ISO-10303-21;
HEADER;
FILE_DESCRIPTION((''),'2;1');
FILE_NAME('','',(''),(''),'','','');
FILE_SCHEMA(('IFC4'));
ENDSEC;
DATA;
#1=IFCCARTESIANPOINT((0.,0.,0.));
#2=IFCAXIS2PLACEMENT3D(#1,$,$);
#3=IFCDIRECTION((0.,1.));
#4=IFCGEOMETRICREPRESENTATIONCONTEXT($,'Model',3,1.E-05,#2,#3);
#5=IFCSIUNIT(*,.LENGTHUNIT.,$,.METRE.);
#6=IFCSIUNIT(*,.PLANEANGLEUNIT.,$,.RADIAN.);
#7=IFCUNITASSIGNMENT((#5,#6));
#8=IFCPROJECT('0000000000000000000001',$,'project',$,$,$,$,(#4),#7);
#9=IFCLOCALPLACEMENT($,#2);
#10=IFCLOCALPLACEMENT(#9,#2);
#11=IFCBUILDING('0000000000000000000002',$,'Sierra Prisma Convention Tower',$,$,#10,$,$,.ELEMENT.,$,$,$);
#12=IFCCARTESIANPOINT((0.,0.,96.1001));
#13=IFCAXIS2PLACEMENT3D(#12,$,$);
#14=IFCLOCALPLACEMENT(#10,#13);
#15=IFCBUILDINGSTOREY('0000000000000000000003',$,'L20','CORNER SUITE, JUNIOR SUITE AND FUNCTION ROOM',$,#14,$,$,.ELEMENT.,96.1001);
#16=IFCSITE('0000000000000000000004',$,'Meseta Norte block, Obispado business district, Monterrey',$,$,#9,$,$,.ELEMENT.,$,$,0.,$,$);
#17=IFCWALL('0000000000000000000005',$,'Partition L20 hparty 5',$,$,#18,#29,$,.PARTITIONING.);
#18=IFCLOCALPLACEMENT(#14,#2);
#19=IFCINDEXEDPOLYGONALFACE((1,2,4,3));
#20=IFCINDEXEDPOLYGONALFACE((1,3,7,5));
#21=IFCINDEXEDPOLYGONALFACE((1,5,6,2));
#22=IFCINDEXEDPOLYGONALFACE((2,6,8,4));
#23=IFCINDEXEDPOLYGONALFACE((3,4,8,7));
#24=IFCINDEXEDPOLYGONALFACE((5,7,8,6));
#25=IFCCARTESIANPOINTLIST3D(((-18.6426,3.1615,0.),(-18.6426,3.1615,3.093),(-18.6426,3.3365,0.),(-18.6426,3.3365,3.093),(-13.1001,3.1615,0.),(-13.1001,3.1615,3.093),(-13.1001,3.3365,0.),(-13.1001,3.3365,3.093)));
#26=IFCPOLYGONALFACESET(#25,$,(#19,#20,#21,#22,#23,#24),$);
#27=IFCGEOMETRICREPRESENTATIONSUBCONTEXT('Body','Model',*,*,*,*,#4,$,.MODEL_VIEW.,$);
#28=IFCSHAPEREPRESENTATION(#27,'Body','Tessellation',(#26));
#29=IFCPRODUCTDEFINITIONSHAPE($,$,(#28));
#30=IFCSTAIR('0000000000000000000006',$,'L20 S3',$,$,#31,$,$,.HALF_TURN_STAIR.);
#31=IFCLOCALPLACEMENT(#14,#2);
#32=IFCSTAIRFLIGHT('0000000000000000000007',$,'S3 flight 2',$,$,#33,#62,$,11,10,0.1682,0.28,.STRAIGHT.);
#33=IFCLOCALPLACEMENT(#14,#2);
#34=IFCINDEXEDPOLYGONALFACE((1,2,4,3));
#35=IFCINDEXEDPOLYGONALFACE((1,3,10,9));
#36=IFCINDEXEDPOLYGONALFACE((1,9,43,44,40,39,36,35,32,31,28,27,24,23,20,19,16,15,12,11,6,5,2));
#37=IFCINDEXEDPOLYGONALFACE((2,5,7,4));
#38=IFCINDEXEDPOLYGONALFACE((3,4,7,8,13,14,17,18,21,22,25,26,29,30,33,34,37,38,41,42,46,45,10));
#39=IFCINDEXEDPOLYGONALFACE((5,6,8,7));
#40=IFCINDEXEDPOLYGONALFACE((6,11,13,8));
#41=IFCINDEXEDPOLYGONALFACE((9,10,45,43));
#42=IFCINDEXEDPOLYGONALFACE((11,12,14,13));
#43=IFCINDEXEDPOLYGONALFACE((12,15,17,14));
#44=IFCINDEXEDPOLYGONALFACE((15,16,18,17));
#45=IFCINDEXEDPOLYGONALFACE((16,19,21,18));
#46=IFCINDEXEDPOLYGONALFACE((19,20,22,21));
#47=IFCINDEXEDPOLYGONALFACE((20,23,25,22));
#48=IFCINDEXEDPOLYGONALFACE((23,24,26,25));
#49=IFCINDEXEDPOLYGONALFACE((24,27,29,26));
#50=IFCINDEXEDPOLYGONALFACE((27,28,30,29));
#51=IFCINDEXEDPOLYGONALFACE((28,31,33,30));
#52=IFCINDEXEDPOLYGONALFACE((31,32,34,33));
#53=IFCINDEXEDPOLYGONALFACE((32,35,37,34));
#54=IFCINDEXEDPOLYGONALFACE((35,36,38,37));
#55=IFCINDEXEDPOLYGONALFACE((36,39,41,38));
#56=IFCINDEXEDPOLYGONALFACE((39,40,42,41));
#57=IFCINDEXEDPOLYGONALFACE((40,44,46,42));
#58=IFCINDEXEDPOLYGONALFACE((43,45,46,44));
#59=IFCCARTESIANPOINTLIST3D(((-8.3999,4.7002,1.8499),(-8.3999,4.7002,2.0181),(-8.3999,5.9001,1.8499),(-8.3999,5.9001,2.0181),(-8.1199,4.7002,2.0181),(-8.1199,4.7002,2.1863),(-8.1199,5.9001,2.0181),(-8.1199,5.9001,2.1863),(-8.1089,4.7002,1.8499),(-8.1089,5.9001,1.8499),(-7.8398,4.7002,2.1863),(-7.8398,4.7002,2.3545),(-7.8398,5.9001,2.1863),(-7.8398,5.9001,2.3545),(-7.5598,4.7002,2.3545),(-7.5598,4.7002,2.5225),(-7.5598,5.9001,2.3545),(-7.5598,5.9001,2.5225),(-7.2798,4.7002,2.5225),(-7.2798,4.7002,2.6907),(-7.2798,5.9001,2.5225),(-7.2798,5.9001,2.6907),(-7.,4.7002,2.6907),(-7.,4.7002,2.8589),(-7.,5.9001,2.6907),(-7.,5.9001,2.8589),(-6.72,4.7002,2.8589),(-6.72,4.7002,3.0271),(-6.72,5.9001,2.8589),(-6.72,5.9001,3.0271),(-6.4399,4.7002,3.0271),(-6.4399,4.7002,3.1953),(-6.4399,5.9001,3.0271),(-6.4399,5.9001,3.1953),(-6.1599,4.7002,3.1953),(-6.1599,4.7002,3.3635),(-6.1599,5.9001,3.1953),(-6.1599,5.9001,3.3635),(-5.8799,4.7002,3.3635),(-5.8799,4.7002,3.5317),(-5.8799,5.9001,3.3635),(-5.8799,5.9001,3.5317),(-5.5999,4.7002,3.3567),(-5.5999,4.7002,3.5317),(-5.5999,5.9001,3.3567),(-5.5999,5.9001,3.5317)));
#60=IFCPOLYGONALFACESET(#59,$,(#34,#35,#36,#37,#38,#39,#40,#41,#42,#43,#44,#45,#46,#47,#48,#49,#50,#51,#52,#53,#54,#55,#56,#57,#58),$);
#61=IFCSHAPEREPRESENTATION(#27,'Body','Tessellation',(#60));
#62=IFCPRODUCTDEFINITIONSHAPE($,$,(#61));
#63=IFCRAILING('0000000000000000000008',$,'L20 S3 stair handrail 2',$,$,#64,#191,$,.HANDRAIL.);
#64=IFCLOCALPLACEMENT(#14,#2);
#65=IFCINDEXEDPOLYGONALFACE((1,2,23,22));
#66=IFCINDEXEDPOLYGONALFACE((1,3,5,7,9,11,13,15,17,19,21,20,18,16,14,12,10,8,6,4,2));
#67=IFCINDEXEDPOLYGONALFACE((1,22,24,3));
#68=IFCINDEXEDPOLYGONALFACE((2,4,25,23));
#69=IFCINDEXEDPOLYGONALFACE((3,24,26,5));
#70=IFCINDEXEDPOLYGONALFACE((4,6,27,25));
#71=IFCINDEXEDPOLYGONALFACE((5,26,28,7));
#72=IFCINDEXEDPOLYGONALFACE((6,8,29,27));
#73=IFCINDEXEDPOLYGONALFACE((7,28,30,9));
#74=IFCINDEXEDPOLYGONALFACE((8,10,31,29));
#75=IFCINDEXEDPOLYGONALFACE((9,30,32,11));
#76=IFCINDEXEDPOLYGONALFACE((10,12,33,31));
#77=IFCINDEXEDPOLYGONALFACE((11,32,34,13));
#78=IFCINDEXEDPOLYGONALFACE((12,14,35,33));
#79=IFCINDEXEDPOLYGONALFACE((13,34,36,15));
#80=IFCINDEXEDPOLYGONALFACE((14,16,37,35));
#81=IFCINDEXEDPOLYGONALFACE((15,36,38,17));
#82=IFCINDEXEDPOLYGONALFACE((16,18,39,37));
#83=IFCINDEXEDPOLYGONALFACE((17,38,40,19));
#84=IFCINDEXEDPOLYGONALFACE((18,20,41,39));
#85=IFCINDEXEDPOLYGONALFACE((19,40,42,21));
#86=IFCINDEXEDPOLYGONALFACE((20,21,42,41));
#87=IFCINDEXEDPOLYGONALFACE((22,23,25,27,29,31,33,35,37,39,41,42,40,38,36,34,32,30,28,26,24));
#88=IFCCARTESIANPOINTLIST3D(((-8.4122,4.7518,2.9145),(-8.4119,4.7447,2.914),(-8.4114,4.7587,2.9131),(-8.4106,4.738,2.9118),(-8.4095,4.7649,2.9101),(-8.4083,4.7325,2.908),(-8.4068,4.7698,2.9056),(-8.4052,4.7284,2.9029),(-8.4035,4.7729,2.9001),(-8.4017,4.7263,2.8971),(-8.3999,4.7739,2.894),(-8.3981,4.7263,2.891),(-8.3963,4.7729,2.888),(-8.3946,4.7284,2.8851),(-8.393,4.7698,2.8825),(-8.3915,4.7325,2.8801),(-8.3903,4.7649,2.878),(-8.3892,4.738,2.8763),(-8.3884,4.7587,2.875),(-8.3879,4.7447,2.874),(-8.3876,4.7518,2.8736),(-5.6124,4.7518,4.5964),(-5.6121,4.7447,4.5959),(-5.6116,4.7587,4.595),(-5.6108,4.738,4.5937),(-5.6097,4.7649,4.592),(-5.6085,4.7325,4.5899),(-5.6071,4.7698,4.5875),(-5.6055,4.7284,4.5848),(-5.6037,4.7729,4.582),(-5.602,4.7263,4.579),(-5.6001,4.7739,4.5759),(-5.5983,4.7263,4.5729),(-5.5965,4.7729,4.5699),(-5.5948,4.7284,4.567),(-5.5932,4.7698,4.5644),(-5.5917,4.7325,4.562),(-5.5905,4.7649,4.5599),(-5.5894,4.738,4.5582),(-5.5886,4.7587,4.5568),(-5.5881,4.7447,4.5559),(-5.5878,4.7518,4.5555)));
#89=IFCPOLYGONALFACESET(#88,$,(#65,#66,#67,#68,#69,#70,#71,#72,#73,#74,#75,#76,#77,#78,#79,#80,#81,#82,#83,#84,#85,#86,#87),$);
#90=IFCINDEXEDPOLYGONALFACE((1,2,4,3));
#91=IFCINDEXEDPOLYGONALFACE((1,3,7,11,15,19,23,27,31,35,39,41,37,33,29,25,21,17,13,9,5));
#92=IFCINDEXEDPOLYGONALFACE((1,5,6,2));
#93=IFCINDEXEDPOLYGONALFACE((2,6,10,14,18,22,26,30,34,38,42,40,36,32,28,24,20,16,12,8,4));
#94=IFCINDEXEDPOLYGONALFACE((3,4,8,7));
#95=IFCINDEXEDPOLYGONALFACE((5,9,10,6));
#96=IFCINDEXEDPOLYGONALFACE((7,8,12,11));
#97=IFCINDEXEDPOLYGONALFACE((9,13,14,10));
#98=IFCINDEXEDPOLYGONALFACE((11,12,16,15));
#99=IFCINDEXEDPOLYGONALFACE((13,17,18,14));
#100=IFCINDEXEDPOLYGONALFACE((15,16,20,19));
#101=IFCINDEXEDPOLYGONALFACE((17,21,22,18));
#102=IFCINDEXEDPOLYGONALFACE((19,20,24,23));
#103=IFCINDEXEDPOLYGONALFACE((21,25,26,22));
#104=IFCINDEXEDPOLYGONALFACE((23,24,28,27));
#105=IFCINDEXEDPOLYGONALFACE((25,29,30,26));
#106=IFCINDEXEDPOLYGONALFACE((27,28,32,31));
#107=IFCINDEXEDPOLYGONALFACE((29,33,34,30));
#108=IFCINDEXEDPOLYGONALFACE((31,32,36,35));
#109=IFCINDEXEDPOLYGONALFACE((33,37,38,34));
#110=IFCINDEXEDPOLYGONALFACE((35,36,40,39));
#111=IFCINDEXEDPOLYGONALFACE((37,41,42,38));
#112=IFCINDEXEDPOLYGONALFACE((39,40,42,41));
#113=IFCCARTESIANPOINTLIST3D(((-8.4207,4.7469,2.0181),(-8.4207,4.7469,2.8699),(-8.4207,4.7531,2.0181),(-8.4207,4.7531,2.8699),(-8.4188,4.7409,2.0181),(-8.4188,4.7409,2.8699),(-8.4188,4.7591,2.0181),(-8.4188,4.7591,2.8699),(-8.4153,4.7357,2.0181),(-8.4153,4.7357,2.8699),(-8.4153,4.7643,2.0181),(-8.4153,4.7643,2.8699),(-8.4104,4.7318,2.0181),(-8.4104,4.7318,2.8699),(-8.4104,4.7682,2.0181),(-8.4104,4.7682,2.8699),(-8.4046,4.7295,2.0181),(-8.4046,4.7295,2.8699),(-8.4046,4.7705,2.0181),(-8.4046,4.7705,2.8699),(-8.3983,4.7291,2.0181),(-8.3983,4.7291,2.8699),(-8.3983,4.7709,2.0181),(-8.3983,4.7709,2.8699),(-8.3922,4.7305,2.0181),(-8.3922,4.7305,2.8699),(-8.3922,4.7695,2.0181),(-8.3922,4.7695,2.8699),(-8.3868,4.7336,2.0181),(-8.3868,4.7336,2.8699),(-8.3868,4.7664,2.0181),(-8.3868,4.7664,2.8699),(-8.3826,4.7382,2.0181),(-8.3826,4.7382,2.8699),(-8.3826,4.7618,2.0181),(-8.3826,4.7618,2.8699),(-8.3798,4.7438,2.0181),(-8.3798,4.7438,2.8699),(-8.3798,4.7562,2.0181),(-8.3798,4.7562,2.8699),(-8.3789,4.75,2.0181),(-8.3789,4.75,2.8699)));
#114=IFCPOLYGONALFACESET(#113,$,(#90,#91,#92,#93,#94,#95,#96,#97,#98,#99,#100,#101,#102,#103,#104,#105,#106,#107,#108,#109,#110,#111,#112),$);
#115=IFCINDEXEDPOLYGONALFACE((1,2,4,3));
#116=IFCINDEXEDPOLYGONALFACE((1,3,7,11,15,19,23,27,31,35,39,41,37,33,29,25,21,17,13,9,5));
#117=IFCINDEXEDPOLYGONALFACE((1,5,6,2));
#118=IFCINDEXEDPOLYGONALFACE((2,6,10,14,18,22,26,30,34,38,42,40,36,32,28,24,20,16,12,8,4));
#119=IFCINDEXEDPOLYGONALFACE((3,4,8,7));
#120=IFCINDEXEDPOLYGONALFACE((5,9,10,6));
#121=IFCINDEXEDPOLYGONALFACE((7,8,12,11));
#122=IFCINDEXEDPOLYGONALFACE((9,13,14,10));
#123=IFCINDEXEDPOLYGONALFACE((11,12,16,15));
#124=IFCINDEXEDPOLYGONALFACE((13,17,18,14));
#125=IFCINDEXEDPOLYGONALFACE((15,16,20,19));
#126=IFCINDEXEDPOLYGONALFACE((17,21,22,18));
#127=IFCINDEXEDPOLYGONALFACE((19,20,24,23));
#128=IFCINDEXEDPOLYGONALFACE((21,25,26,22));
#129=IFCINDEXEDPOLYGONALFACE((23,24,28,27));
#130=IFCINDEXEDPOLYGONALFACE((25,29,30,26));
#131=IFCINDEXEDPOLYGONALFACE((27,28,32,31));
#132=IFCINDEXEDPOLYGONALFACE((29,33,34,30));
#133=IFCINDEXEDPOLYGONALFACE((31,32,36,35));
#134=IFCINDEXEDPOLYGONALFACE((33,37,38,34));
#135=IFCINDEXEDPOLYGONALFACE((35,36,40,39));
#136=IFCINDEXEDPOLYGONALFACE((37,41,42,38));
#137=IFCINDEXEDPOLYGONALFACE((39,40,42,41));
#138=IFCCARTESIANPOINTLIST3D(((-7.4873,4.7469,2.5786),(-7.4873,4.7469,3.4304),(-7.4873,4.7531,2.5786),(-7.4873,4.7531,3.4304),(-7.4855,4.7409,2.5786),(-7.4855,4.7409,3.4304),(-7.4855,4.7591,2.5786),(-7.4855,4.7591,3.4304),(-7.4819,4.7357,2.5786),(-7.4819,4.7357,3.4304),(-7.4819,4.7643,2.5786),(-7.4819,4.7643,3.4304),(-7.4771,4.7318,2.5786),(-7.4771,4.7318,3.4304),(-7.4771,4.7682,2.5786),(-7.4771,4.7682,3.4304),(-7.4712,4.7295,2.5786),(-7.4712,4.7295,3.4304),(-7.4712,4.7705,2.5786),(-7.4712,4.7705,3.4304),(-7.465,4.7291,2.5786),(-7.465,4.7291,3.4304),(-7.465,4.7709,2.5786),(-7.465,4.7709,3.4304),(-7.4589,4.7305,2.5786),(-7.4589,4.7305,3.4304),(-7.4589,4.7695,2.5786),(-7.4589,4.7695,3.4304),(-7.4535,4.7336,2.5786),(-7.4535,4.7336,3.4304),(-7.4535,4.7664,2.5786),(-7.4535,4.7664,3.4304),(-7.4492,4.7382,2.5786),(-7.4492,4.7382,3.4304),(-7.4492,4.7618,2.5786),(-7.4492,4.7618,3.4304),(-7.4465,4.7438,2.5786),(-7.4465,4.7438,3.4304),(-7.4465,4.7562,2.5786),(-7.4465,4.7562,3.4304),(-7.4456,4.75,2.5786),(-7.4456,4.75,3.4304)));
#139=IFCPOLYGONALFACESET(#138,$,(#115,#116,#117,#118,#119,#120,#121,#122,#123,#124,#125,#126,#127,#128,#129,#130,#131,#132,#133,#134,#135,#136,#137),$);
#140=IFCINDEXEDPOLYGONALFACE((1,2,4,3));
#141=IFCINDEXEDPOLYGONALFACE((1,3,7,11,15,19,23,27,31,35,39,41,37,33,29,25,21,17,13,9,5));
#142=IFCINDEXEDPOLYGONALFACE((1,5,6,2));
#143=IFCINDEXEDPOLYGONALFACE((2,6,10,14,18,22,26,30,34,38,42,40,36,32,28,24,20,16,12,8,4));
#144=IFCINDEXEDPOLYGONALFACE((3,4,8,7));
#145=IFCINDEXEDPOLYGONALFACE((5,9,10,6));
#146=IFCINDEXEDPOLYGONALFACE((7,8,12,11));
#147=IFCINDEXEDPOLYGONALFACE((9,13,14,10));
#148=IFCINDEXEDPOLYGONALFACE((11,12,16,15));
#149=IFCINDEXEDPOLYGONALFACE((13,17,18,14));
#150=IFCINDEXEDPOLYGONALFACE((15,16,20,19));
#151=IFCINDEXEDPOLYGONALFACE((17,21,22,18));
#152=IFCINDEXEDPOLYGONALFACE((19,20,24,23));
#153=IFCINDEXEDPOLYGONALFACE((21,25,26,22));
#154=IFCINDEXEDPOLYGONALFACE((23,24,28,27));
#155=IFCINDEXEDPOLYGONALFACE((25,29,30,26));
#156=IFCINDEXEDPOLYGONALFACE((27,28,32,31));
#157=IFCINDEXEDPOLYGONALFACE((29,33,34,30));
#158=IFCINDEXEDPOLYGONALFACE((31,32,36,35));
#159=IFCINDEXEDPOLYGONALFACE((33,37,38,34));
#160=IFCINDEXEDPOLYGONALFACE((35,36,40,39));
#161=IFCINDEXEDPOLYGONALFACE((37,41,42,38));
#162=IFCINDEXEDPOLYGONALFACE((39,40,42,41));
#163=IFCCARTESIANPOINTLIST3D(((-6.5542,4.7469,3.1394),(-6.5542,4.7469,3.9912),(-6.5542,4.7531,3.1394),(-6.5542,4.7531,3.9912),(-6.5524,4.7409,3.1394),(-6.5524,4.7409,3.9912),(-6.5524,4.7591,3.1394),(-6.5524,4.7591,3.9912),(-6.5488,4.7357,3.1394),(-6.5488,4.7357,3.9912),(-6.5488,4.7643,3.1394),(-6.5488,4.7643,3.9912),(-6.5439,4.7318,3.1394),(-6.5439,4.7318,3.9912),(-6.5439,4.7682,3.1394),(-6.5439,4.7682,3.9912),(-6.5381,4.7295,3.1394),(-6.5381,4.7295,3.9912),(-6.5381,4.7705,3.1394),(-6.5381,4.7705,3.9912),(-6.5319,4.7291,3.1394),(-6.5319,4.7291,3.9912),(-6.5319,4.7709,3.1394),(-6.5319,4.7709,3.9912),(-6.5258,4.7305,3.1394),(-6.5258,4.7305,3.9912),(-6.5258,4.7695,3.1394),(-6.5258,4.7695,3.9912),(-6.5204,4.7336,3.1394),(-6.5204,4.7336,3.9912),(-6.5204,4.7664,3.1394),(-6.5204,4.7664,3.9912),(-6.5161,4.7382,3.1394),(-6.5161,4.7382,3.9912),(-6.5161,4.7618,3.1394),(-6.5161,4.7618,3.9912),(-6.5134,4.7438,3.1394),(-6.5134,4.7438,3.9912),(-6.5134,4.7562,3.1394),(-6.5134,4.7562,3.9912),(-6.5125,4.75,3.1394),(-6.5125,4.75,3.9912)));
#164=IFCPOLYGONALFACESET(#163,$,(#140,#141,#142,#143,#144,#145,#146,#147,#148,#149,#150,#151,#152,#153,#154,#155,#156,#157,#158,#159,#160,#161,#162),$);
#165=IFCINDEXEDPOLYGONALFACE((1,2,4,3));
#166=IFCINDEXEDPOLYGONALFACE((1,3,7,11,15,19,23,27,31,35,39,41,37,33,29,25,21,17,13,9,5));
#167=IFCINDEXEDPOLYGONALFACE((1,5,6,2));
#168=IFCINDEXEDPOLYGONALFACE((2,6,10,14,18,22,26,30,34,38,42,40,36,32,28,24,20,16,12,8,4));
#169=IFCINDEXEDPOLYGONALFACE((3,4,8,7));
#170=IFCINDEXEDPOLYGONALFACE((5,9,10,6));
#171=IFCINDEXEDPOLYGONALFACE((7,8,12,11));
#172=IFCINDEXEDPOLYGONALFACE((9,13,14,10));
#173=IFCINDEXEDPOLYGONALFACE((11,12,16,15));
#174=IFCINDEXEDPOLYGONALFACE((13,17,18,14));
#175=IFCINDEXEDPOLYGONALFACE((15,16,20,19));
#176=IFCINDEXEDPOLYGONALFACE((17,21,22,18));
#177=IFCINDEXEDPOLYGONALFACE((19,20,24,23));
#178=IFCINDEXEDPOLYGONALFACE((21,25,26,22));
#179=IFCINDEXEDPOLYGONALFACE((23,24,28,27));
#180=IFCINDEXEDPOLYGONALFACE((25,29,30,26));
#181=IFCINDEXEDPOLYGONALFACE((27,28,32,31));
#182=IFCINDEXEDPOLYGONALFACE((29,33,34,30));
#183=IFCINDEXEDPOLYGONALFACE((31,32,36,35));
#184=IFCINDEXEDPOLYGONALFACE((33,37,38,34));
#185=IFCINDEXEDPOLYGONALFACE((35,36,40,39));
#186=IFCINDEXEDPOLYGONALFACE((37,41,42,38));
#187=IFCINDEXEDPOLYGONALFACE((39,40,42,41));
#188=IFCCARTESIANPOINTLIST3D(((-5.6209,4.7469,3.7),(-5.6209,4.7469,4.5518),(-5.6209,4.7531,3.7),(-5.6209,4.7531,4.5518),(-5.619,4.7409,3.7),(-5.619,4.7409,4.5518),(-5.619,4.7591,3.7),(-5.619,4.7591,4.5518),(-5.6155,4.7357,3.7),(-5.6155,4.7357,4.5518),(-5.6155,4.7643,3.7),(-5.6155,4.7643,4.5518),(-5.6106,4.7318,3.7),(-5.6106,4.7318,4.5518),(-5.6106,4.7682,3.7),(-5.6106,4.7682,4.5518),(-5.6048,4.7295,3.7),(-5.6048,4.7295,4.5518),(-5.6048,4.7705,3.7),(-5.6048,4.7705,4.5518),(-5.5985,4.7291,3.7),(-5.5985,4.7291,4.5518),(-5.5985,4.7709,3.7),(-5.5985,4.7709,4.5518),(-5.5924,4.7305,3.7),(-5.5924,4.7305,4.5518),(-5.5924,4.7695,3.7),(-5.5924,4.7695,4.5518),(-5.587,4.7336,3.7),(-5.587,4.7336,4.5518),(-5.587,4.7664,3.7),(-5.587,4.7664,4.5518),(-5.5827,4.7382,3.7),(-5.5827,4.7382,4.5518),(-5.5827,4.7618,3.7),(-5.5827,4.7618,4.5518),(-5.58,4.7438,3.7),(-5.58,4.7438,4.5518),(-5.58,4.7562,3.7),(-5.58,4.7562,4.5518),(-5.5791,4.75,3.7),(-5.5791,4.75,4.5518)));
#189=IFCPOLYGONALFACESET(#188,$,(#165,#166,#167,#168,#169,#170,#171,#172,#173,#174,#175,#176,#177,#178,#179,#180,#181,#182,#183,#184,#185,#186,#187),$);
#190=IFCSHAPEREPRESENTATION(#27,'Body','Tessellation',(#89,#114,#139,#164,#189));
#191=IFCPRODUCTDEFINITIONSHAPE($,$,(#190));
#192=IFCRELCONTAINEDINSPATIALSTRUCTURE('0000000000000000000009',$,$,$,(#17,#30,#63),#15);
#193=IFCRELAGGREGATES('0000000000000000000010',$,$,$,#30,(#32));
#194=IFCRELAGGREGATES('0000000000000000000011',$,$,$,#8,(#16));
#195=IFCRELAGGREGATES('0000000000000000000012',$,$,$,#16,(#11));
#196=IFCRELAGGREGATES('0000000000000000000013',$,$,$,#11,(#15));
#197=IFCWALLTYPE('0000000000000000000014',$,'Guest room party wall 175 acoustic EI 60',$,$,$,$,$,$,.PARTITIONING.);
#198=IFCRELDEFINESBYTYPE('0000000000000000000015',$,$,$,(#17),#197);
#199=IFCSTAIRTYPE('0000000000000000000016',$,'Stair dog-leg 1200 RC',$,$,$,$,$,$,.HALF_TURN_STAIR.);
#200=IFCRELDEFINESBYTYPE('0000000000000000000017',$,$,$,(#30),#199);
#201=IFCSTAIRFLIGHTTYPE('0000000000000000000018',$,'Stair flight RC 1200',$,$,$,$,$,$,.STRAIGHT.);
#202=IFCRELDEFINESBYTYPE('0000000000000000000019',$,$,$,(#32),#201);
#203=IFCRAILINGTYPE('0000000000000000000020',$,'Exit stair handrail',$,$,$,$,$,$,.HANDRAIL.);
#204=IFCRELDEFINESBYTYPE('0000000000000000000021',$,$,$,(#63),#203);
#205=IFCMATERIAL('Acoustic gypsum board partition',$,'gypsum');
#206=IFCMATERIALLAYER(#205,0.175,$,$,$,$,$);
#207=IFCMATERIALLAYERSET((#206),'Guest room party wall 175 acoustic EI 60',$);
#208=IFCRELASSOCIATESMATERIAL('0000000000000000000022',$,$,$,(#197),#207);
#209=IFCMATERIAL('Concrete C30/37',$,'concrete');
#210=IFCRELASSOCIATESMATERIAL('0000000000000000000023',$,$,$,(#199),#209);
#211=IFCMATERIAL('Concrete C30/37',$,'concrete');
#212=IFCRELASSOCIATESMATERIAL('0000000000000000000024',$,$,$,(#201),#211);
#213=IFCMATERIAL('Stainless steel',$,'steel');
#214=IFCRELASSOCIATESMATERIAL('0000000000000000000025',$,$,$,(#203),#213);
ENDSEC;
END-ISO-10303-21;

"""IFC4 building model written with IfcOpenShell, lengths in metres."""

from ifc_helpers import new_model, si_unit, direction, frame, frame_2d, origin, origin_2d, place, context, subcontext, project, spatial, polyline, rectangle, circle, outline, extrude, material, layer, layer_set, type_object, element, aggregate, save


model = new_model("IFC4")

# Units and contexts
model_context = context("Model", 3, precision=1e-05, world=origin(), true_north=direction((0.0, 1.0)))
body_context = subcontext(model_context, "Body", "Model", "MODEL_VIEW")
ifc_project = project(units=[si_unit("LENGTHUNIT", "METRE"), si_unit("PLANEANGLEUNIT", "RADIAN")], contexts=[model_context])

# Site, building, storey
site_placement = place(None, origin())
site = spatial("IfcSite", under=ifc_project, at=site_placement, Name="Meseta Norte block, Obispado business district, Monterrey", CompositionType="ELEMENT", RefElevation=0.0)
building_placement = place(site_placement, origin())
building = spatial("IfcBuilding", under=site, at=building_placement, Name="Sierra Prisma Convention Tower", CompositionType="ELEMENT")
storey_placement = place(building_placement, frame((0.0, 0.0, 96.1001)))
storey = spatial("IfcBuildingStorey", under=building, at=storey_placement, Name="L20", Description="CORNER SUITE, JUNIOR SUITE AND FUNCTION ROOM", CompositionType="ELEMENT", Elevation=96.1001)

# Wall
ifc_material_1 = material(Name="Acoustic gypsum board partition", Category="gypsum")
ifc_layer_1 = layer(ifc_material_1, 0.175)
ifc_layer_set_1 = layer_set([ifc_layer_1], Name="Guest room party wall 175 acoustic EI 60")
wall_type_1 = type_object("IfcWallType", Name="Guest room party wall 175 acoustic EI 60", PredefinedType="PARTITIONING", material=ifc_layer_set_1)
wall_1_placement = place(storey_placement, frame((-18.6426, 3.249, 0.0), z_axis=(0.0, 0.0, 1.0), x_axis=(1.0, 0.0, 0.0)))
element("IfcWall", 1, at=wall_1_placement, inside=storey, type_object=wall_type_1, Name="Partition L20 hparty 5", PredefinedType="PARTITIONING", context=body_context, shape_type="SweptSolid", body=[
    extrude(rectangle(XDim=5.5425, YDim=0.175, at=frame_2d((2.7712, 0.0))), origin(), (0.0, 0.0, 1.0), 3.093),
])

# Stair, stair flight
ifc_material_2 = material(Name="Concrete C30/37", Category="concrete")
stair_type = type_object("IfcStairType", Name="Stair dog-leg 1200 RC", PredefinedType="HALF_TURN_STAIR", material=ifc_material_2)
stair_placement = place(storey_placement, origin())
stair = element("IfcStair", 2, at=stair_placement, inside=storey, type_object=stair_type, Name="L20 S3", PredefinedType="HALF_TURN_STAIR")
ifc_material_3 = material(Name="Concrete C30/37", Category="concrete")
stair_flight_type = type_object("IfcStairFlightType", Name="Stair flight RC 1200", PredefinedType="STRAIGHT", material=ifc_material_3)
stair_flight_placement = place(storey_placement, frame((-8.3999, 5.3, 1.8499), z_axis=(0.0, 0.0, 1.0), x_axis=(1.0, 0.0, 0.0)))
stair_flight = element("IfcStairFlight", 3, at=stair_flight_placement, type_object=stair_flight_type, Name="S3 flight 2", NumberOfRisers=11, NumberOfTreads=10, PredefinedType="STRAIGHT", RiserHeight=0.1682, TreadLength=0.28, context=body_context, shape_type="SweptSolid", body=[
    extrude(outline(polyline([(0.0, 0.0), (0.0, 0.1682), (0.28, 0.1682), (0.28, 0.3364), (0.5601, 0.3364), (0.5601, 0.5046), (0.8401, 0.5046), (0.8401, 0.6726), (1.1201, 0.6726), (1.1201, 0.8408), (1.3999, 0.8408), (1.3999, 1.009), (1.6799, 1.009), (1.6799, 1.1772), (1.96, 1.1772), (1.96, 1.3455), (2.24, 1.3455), (2.24, 1.5137), (2.52, 1.5137), (2.52, 1.6819), (2.8, 1.6819), (2.8, 1.8501), (2.8, 1.5068), (0.291, 0.0), (0.0, 0.0)])), frame((0.0, 0.6001, 0.0), z_axis=(0.0, -1.0, 0.0), x_axis=(1.0, 0.0, 0.0)), (0.0, 0.0, 1.0), 1.2),
])
aggregate(stair, [stair_flight])

# Railing
ifc_material_4 = material(Name="Stainless steel", Category="steel")
railing_type_1 = type_object("IfcRailingType", Name="Exit stair handrail", PredefinedType="HANDRAIL", material=ifc_material_4)
railing_1_placement = place(storey_placement, frame((-8.3999, 4.75, 2.0181)))
element("IfcRailing", 4, at=railing_1_placement, inside=storey, type_object=railing_type_1, Name="L20 S3 stair handrail 2", PredefinedType="HANDRAIL", context=body_context, shape_type="SweptSolid", body=[
    extrude(circle(Radius=0.0239, at=origin_2d()), frame((0.0, 0.0, 0.876), z_axis=(0.857222, 0.0, 0.514946), x_axis=(0.0, 1.0, 0.0)), (0.0, 0.0, 1.0), 3.2661),
    extrude(circle(Radius=0.021, at=origin_2d()), origin(), (0.0, 0.0, 1.0), 0.8518),
    extrude(circle(Radius=0.021, at=origin_2d()), frame((0.9333, 0.0, 0.5605)), (0.0, 0.0, 1.0), 0.8518),
    extrude(circle(Radius=0.021, at=origin_2d()), frame((1.8665, 0.0, 1.1213)), (0.0, 0.0, 1.0), 0.8518),
    extrude(circle(Radius=0.021, at=origin_2d()), frame((2.7998, 0.0, 1.6819)), (0.0, 0.0, 1.0), 0.8518),
])

save(model, "model.ifc")
